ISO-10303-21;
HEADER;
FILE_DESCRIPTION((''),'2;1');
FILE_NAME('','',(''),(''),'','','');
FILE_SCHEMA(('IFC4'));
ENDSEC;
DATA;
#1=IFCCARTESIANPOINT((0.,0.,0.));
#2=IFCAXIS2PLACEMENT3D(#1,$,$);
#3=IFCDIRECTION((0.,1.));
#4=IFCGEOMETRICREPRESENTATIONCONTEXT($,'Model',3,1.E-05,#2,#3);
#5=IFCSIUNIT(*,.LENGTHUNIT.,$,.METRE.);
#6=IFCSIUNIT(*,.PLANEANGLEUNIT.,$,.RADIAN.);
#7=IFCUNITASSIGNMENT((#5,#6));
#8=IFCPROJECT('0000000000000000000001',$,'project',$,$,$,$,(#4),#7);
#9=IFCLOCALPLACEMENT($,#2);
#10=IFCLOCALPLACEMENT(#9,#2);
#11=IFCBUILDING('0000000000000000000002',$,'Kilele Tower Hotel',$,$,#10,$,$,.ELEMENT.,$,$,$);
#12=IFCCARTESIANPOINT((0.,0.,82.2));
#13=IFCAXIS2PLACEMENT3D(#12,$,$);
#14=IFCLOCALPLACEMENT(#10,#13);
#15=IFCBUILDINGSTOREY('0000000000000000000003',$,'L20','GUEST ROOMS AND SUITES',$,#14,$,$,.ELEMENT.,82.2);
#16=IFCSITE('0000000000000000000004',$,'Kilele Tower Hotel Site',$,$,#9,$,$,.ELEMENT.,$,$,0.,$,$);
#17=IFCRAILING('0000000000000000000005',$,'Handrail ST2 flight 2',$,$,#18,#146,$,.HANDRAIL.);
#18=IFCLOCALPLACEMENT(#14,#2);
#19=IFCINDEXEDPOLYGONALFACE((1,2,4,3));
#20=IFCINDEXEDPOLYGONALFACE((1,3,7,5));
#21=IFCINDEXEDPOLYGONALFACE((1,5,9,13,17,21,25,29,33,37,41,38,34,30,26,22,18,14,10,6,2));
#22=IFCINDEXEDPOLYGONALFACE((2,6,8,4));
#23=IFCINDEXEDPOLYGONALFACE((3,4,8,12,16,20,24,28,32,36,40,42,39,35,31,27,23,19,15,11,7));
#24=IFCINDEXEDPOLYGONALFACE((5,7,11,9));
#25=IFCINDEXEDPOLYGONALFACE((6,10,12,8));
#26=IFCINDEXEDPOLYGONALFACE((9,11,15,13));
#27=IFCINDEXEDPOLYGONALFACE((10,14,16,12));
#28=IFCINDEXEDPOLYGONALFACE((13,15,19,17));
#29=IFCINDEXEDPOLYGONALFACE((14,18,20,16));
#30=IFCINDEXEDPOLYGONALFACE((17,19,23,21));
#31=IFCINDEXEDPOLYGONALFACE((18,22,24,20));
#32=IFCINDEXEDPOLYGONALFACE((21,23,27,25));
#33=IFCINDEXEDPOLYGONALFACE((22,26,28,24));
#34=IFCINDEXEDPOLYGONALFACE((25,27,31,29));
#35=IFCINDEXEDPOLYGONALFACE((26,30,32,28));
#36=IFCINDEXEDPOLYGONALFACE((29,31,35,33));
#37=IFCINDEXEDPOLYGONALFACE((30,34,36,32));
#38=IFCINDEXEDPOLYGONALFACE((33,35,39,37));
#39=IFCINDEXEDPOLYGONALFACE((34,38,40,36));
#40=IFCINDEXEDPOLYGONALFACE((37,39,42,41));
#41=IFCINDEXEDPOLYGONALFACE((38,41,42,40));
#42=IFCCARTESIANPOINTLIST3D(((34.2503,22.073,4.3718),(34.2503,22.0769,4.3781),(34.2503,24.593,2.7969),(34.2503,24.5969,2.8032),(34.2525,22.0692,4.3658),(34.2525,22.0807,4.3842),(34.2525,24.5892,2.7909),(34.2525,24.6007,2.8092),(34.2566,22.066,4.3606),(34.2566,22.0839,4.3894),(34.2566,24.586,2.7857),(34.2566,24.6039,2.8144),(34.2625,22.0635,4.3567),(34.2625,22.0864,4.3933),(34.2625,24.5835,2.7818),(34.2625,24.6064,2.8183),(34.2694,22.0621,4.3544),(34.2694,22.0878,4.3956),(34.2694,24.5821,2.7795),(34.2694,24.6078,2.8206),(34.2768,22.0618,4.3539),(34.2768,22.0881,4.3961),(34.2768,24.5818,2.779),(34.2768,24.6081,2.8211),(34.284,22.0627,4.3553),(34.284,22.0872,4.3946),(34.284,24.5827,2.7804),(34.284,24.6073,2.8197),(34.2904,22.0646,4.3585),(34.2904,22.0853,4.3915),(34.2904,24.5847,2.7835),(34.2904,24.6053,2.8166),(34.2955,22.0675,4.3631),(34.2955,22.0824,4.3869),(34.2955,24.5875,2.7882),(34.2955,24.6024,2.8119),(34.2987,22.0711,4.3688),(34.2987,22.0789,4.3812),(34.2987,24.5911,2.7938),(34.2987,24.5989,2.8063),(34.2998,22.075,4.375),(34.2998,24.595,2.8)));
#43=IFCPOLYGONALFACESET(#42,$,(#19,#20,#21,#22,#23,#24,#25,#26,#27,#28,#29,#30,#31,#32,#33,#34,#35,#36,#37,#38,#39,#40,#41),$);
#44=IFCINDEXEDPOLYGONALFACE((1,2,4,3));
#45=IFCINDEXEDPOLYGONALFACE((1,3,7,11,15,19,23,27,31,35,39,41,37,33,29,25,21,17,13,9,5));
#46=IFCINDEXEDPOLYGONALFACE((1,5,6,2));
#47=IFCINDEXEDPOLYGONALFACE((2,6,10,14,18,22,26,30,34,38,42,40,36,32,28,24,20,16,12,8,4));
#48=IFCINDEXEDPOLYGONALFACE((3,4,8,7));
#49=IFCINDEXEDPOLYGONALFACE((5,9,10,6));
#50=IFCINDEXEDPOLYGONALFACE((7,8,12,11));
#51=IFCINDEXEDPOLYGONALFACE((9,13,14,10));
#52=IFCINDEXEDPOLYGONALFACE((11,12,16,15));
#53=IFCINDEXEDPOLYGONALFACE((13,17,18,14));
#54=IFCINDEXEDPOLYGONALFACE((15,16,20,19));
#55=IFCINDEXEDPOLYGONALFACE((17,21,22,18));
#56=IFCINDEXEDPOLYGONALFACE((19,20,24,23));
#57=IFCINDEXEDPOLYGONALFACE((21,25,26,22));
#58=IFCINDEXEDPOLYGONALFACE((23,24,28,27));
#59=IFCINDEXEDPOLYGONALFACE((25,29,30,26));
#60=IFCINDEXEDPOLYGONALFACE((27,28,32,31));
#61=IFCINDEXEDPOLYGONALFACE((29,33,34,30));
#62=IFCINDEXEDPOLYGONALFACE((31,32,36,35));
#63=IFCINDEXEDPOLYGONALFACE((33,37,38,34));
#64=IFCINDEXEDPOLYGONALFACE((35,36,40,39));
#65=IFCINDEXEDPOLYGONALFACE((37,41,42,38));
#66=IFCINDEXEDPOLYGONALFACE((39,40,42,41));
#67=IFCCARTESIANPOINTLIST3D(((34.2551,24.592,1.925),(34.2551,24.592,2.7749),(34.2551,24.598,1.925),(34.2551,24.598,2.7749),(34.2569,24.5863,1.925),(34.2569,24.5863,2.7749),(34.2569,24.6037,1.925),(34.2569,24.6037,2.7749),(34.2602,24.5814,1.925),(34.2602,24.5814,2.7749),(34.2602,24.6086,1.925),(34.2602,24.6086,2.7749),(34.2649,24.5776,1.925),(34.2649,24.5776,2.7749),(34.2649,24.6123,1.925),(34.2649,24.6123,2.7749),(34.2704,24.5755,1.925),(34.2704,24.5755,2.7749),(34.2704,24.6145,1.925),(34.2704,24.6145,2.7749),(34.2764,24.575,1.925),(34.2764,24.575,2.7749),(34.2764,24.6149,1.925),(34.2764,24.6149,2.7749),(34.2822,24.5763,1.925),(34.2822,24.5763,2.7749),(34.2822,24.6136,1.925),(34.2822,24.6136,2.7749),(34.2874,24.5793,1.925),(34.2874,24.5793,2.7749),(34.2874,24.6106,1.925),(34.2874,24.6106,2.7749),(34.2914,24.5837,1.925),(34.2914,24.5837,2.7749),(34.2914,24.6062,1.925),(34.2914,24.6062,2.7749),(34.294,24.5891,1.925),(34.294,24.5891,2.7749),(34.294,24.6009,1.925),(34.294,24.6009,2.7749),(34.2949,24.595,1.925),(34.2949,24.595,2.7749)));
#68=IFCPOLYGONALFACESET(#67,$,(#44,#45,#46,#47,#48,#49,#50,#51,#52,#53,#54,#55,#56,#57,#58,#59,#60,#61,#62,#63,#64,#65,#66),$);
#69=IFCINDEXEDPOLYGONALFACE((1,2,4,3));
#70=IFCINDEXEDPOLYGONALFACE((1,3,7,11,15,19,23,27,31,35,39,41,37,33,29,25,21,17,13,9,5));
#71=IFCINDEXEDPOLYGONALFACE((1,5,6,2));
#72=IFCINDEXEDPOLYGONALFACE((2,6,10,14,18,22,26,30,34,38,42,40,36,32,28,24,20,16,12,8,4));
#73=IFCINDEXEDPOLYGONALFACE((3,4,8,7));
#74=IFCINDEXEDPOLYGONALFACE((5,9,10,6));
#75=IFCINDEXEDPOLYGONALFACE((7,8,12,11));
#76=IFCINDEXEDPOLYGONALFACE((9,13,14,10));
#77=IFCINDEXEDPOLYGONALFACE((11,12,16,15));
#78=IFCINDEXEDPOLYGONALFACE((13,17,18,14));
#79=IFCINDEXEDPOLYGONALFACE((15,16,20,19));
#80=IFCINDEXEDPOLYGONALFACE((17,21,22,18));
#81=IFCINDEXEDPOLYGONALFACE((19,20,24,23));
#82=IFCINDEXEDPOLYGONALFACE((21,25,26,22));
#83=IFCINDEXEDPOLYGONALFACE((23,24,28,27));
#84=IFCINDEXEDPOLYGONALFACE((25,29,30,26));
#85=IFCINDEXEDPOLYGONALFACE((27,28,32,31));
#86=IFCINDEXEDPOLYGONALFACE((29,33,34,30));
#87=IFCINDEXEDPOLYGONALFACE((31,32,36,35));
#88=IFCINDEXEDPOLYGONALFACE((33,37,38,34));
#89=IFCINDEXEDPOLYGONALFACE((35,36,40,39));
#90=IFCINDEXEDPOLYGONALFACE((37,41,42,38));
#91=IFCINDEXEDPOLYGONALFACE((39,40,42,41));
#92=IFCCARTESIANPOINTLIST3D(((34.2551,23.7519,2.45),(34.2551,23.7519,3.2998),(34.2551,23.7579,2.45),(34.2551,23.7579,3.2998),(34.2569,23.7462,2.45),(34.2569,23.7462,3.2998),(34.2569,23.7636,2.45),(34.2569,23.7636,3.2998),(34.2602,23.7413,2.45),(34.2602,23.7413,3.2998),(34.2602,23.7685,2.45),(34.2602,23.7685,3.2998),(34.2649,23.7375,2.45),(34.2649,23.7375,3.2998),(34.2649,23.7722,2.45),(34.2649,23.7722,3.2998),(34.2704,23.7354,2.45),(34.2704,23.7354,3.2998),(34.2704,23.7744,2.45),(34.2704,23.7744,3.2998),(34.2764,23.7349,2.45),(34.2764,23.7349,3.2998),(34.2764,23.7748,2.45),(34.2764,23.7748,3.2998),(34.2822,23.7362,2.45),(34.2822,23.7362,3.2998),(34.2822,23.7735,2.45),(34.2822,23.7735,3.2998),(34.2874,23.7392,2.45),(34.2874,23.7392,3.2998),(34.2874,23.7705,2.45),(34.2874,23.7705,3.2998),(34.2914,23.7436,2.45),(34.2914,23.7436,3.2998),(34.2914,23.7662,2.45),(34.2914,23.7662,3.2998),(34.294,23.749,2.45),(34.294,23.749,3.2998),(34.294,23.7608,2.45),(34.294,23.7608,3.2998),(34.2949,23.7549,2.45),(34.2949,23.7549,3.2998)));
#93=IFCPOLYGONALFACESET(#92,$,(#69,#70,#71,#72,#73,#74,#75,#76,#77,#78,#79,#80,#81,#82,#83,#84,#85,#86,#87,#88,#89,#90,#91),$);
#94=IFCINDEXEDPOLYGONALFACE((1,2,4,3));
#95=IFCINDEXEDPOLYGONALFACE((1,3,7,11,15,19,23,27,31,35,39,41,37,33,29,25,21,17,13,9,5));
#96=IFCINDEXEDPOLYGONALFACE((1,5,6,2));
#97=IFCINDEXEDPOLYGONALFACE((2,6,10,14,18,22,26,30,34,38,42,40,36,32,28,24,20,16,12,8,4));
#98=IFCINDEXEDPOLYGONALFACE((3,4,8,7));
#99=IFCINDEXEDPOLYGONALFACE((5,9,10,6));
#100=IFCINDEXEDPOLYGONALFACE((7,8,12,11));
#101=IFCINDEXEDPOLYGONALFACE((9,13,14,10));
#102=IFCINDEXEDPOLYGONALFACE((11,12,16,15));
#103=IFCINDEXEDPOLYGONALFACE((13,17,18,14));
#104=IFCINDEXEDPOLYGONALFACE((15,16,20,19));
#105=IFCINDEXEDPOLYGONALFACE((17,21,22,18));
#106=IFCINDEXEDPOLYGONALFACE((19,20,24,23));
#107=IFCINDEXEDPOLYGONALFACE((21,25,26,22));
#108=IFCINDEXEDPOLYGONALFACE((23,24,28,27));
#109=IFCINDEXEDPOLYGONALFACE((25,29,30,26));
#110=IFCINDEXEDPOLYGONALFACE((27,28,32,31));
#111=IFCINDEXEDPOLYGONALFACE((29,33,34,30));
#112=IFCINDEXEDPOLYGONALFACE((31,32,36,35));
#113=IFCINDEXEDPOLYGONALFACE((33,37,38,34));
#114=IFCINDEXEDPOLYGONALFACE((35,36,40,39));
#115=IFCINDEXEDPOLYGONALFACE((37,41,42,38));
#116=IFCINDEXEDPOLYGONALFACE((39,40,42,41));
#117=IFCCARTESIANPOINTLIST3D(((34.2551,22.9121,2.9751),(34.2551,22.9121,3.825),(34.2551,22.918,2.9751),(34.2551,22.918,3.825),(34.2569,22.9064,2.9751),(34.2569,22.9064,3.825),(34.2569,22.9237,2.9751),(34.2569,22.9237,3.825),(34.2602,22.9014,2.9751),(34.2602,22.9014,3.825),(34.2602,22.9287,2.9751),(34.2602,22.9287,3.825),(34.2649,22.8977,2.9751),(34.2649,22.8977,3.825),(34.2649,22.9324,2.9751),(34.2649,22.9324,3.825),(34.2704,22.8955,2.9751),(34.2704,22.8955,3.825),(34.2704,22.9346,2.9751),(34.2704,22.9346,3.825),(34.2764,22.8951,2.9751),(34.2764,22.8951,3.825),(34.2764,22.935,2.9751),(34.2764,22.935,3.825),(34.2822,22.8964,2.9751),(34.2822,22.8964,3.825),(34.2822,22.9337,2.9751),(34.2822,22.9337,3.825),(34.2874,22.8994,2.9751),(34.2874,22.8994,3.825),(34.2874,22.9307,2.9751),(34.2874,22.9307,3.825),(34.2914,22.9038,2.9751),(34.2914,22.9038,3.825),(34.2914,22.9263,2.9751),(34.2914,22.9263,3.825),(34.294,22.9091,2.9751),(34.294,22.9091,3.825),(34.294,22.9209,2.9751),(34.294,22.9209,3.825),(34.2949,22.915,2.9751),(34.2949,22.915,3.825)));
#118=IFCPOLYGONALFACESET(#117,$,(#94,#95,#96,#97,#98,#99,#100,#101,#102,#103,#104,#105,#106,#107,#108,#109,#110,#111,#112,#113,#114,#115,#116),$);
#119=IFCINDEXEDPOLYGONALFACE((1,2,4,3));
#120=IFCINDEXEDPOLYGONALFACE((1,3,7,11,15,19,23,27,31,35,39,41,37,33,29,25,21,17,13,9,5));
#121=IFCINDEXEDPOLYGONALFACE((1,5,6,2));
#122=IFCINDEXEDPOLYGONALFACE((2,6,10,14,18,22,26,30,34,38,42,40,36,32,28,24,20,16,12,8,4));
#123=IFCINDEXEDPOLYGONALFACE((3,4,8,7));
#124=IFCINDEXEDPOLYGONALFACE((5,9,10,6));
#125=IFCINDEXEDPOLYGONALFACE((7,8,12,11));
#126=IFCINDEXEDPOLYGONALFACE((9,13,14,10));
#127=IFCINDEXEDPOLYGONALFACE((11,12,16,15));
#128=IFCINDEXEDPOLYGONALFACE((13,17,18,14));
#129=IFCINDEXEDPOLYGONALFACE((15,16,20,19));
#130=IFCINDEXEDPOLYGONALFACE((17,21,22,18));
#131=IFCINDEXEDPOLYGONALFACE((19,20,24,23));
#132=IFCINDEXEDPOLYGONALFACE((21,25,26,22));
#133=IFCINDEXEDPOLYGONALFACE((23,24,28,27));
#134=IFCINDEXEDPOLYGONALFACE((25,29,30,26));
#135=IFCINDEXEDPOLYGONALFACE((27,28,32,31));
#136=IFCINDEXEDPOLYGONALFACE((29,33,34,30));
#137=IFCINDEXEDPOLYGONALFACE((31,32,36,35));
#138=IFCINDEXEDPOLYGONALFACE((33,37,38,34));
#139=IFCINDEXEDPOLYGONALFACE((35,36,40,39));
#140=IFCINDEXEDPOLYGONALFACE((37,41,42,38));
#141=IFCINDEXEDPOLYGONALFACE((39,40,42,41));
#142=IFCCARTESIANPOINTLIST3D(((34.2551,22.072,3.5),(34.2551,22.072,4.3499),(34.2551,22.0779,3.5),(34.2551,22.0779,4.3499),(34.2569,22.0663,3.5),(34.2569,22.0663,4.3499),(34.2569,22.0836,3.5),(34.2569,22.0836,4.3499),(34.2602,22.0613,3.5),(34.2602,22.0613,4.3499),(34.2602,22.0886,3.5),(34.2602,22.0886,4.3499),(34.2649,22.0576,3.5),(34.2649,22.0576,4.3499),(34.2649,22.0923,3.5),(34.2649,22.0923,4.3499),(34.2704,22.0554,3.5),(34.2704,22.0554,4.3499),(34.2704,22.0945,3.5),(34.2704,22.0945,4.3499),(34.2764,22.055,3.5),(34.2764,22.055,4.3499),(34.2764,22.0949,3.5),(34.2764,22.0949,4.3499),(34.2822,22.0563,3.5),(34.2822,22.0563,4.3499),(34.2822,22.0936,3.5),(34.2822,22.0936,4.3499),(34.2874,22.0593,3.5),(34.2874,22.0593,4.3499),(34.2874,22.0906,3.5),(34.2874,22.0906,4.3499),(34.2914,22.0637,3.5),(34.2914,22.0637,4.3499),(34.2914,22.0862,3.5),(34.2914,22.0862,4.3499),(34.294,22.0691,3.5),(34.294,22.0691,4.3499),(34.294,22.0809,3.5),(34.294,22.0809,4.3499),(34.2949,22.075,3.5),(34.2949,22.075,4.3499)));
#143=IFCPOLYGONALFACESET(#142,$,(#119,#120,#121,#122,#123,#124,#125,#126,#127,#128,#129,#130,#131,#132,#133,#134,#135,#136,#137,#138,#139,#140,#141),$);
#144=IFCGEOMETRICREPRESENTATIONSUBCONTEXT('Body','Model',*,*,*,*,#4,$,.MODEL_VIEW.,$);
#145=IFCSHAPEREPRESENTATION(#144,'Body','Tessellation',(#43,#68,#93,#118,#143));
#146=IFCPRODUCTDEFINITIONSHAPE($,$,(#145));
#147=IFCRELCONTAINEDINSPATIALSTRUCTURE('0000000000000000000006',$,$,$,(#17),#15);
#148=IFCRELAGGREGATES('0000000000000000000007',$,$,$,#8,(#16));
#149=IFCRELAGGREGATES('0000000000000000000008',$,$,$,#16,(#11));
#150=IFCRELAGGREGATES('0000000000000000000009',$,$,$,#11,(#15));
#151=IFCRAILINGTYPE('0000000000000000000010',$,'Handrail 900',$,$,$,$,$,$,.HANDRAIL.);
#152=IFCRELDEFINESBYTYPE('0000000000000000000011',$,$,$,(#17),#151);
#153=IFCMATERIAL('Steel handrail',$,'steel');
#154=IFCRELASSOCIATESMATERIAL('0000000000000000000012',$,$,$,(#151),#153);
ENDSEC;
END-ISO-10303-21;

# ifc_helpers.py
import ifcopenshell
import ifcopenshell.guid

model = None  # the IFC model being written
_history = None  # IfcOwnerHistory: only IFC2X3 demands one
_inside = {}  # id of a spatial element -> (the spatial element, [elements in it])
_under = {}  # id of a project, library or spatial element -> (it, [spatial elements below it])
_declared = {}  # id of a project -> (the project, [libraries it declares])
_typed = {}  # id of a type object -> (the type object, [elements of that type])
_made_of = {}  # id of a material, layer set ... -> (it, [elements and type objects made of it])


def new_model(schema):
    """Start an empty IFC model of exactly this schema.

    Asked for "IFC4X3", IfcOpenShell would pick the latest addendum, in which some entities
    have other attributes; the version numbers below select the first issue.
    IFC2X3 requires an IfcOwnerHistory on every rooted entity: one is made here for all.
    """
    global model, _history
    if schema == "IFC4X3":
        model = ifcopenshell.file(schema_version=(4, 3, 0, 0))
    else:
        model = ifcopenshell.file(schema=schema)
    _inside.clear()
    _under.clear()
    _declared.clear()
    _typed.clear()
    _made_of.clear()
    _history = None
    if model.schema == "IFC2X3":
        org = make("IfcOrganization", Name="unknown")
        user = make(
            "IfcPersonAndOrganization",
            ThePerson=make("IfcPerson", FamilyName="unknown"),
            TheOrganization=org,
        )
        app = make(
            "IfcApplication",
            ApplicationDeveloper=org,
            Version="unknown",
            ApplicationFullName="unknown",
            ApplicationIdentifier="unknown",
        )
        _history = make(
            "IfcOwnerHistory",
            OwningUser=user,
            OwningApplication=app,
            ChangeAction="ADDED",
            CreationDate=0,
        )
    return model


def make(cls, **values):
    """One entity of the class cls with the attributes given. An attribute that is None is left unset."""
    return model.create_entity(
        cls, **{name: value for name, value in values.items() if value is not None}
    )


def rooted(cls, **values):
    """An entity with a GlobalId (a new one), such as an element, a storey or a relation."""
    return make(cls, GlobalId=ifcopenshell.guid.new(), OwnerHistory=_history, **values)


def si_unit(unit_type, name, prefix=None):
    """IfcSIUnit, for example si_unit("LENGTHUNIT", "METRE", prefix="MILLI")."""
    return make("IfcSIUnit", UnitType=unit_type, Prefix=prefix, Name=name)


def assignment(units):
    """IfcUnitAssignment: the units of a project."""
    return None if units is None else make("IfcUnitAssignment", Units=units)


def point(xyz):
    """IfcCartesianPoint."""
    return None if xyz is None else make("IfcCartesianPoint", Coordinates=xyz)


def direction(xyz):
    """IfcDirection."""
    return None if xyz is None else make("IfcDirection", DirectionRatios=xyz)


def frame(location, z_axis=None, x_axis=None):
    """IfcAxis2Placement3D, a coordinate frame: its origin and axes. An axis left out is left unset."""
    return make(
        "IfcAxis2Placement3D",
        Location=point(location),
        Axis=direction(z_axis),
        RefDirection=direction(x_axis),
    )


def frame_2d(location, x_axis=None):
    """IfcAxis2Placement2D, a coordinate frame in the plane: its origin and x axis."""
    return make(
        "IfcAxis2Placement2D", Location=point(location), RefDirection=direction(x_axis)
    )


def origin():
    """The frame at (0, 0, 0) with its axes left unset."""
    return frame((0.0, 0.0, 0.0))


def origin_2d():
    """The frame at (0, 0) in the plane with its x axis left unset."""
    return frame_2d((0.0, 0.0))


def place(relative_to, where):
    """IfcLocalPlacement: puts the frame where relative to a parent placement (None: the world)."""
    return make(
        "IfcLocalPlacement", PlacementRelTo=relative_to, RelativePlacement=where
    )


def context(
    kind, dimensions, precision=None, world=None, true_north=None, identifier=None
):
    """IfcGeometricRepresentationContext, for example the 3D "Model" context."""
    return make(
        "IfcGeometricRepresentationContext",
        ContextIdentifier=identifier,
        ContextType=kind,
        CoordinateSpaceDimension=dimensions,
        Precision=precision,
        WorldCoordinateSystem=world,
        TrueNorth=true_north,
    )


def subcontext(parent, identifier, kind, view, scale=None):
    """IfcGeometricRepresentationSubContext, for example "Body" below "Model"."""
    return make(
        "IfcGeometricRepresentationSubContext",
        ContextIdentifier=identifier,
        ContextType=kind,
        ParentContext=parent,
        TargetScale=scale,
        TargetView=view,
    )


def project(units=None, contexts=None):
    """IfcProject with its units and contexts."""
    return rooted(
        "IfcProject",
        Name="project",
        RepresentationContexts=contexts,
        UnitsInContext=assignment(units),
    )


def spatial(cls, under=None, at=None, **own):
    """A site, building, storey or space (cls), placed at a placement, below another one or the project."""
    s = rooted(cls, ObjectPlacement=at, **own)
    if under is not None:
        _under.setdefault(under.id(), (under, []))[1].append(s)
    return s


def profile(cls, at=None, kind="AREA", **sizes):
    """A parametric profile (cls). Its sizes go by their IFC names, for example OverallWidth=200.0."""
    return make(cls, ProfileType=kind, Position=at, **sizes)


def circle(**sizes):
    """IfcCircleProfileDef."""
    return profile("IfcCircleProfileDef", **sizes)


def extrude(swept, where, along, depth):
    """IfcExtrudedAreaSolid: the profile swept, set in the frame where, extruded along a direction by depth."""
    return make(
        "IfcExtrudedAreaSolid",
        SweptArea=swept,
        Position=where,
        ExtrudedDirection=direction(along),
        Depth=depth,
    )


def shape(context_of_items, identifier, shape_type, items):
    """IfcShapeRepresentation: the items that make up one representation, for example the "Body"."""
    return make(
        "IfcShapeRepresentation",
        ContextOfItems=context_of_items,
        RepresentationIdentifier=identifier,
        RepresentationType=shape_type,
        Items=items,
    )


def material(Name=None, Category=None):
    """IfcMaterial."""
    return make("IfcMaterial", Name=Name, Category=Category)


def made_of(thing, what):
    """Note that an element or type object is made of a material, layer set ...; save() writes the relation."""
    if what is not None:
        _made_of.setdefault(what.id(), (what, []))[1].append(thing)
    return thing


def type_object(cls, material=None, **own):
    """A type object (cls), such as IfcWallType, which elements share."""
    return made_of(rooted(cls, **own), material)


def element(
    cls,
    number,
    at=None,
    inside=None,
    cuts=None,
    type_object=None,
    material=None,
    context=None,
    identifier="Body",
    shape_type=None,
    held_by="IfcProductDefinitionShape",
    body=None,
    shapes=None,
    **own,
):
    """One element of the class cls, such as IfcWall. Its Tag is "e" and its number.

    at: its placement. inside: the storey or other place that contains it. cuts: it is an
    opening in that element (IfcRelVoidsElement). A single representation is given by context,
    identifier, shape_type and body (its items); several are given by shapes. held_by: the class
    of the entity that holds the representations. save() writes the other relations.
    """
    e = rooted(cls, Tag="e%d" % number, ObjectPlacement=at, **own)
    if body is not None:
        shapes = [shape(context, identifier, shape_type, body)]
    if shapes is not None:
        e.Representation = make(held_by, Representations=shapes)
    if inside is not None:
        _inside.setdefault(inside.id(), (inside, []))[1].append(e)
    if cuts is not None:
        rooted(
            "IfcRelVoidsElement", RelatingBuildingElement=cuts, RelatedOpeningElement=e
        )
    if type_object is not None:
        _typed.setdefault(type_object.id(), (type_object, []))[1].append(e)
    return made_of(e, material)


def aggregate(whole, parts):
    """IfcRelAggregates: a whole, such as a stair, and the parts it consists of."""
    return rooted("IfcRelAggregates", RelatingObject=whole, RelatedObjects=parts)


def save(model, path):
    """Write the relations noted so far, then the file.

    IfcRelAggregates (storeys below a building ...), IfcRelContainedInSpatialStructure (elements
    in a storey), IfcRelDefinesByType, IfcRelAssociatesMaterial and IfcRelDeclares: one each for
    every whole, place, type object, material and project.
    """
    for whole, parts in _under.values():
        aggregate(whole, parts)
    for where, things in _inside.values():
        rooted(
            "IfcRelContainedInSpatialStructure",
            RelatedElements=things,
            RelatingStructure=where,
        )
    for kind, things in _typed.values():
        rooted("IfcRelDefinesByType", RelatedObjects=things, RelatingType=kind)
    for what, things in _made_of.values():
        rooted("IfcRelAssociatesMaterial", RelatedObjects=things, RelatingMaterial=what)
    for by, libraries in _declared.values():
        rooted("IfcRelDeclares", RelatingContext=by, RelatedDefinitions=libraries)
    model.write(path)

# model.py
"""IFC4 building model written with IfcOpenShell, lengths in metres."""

from ifc_helpers import new_model, si_unit, direction, frame, origin, origin_2d, place, context, subcontext, project, spatial, circle, extrude, material, type_object, element, save


model = new_model("IFC4")

# Units and contexts
model_context = context("Model", 3, precision=1e-05, world=origin(), true_north=direction((0.0, 1.0)))
body_context = subcontext(model_context, "Body", "Model", "MODEL_VIEW")
ifc_project = project(units=[si_unit("LENGTHUNIT", "METRE"), si_unit("PLANEANGLEUNIT", "RADIAN")], contexts=[model_context])

# Site, building, storey
site_placement = place(None, origin())
site = spatial("IfcSite", under=ifc_project, at=site_placement, Name="Kilele Tower Hotel Site", CompositionType="ELEMENT", RefElevation=0.0)
building_placement = place(site_placement, origin())
building = spatial("IfcBuilding", under=site, at=building_placement, Name="Kilele Tower Hotel", CompositionType="ELEMENT")
storey_placement = place(building_placement, frame((0.0, 0.0, 82.2)))
storey = spatial("IfcBuildingStorey", under=building, at=storey_placement, Name="L20", Description="GUEST ROOMS AND SUITES", CompositionType="ELEMENT", Elevation=82.2)

# Railing
ifc_material_1 = material(Name="Steel handrail", Category="steel")
railing_type_1 = type_object("IfcRailingType", Name="Handrail 900", PredefinedType="HANDRAIL", material=ifc_material_1)
for number, where, name in (
    (1, (34.2749, 24.595, 1.925), "Handrail ST2 flight 2"),
):
    element("IfcRailing", number, at=place(storey_placement, frame(where)), inside=storey, type_object=railing_type_1, Name=name, PredefinedType="HANDRAIL", context=body_context, shape_type="SweptSolid", body=[
        extrude(circle(Radius=0.0249, at=origin_2d()), frame((0.0, 0.0, 0.875), z_axis=(0.0, -0.848008, 0.529984), x_axis=(1.0, 0.0, 0.0)), (0.0, 0.0, 1.0), 2.9717),
        extrude(circle(Radius=0.02, at=origin_2d()), origin(), (0.0, 0.0, 1.0), 0.8499),
        extrude(circle(Radius=0.02, at=origin_2d()), frame((0.0, -0.8401, 0.5249)), (0.0, 0.0, 1.0), 0.8499),
        extrude(circle(Radius=0.02, at=origin_2d()), frame((0.0, -1.6799, 1.05)), (0.0, 0.0, 1.0), 0.8499),
        extrude(circle(Radius=0.02, at=origin_2d()), frame((0.0, -2.52, 1.575)), (0.0, 0.0, 1.0), 0.8499),
    ])

save(model, "model.ifc")
